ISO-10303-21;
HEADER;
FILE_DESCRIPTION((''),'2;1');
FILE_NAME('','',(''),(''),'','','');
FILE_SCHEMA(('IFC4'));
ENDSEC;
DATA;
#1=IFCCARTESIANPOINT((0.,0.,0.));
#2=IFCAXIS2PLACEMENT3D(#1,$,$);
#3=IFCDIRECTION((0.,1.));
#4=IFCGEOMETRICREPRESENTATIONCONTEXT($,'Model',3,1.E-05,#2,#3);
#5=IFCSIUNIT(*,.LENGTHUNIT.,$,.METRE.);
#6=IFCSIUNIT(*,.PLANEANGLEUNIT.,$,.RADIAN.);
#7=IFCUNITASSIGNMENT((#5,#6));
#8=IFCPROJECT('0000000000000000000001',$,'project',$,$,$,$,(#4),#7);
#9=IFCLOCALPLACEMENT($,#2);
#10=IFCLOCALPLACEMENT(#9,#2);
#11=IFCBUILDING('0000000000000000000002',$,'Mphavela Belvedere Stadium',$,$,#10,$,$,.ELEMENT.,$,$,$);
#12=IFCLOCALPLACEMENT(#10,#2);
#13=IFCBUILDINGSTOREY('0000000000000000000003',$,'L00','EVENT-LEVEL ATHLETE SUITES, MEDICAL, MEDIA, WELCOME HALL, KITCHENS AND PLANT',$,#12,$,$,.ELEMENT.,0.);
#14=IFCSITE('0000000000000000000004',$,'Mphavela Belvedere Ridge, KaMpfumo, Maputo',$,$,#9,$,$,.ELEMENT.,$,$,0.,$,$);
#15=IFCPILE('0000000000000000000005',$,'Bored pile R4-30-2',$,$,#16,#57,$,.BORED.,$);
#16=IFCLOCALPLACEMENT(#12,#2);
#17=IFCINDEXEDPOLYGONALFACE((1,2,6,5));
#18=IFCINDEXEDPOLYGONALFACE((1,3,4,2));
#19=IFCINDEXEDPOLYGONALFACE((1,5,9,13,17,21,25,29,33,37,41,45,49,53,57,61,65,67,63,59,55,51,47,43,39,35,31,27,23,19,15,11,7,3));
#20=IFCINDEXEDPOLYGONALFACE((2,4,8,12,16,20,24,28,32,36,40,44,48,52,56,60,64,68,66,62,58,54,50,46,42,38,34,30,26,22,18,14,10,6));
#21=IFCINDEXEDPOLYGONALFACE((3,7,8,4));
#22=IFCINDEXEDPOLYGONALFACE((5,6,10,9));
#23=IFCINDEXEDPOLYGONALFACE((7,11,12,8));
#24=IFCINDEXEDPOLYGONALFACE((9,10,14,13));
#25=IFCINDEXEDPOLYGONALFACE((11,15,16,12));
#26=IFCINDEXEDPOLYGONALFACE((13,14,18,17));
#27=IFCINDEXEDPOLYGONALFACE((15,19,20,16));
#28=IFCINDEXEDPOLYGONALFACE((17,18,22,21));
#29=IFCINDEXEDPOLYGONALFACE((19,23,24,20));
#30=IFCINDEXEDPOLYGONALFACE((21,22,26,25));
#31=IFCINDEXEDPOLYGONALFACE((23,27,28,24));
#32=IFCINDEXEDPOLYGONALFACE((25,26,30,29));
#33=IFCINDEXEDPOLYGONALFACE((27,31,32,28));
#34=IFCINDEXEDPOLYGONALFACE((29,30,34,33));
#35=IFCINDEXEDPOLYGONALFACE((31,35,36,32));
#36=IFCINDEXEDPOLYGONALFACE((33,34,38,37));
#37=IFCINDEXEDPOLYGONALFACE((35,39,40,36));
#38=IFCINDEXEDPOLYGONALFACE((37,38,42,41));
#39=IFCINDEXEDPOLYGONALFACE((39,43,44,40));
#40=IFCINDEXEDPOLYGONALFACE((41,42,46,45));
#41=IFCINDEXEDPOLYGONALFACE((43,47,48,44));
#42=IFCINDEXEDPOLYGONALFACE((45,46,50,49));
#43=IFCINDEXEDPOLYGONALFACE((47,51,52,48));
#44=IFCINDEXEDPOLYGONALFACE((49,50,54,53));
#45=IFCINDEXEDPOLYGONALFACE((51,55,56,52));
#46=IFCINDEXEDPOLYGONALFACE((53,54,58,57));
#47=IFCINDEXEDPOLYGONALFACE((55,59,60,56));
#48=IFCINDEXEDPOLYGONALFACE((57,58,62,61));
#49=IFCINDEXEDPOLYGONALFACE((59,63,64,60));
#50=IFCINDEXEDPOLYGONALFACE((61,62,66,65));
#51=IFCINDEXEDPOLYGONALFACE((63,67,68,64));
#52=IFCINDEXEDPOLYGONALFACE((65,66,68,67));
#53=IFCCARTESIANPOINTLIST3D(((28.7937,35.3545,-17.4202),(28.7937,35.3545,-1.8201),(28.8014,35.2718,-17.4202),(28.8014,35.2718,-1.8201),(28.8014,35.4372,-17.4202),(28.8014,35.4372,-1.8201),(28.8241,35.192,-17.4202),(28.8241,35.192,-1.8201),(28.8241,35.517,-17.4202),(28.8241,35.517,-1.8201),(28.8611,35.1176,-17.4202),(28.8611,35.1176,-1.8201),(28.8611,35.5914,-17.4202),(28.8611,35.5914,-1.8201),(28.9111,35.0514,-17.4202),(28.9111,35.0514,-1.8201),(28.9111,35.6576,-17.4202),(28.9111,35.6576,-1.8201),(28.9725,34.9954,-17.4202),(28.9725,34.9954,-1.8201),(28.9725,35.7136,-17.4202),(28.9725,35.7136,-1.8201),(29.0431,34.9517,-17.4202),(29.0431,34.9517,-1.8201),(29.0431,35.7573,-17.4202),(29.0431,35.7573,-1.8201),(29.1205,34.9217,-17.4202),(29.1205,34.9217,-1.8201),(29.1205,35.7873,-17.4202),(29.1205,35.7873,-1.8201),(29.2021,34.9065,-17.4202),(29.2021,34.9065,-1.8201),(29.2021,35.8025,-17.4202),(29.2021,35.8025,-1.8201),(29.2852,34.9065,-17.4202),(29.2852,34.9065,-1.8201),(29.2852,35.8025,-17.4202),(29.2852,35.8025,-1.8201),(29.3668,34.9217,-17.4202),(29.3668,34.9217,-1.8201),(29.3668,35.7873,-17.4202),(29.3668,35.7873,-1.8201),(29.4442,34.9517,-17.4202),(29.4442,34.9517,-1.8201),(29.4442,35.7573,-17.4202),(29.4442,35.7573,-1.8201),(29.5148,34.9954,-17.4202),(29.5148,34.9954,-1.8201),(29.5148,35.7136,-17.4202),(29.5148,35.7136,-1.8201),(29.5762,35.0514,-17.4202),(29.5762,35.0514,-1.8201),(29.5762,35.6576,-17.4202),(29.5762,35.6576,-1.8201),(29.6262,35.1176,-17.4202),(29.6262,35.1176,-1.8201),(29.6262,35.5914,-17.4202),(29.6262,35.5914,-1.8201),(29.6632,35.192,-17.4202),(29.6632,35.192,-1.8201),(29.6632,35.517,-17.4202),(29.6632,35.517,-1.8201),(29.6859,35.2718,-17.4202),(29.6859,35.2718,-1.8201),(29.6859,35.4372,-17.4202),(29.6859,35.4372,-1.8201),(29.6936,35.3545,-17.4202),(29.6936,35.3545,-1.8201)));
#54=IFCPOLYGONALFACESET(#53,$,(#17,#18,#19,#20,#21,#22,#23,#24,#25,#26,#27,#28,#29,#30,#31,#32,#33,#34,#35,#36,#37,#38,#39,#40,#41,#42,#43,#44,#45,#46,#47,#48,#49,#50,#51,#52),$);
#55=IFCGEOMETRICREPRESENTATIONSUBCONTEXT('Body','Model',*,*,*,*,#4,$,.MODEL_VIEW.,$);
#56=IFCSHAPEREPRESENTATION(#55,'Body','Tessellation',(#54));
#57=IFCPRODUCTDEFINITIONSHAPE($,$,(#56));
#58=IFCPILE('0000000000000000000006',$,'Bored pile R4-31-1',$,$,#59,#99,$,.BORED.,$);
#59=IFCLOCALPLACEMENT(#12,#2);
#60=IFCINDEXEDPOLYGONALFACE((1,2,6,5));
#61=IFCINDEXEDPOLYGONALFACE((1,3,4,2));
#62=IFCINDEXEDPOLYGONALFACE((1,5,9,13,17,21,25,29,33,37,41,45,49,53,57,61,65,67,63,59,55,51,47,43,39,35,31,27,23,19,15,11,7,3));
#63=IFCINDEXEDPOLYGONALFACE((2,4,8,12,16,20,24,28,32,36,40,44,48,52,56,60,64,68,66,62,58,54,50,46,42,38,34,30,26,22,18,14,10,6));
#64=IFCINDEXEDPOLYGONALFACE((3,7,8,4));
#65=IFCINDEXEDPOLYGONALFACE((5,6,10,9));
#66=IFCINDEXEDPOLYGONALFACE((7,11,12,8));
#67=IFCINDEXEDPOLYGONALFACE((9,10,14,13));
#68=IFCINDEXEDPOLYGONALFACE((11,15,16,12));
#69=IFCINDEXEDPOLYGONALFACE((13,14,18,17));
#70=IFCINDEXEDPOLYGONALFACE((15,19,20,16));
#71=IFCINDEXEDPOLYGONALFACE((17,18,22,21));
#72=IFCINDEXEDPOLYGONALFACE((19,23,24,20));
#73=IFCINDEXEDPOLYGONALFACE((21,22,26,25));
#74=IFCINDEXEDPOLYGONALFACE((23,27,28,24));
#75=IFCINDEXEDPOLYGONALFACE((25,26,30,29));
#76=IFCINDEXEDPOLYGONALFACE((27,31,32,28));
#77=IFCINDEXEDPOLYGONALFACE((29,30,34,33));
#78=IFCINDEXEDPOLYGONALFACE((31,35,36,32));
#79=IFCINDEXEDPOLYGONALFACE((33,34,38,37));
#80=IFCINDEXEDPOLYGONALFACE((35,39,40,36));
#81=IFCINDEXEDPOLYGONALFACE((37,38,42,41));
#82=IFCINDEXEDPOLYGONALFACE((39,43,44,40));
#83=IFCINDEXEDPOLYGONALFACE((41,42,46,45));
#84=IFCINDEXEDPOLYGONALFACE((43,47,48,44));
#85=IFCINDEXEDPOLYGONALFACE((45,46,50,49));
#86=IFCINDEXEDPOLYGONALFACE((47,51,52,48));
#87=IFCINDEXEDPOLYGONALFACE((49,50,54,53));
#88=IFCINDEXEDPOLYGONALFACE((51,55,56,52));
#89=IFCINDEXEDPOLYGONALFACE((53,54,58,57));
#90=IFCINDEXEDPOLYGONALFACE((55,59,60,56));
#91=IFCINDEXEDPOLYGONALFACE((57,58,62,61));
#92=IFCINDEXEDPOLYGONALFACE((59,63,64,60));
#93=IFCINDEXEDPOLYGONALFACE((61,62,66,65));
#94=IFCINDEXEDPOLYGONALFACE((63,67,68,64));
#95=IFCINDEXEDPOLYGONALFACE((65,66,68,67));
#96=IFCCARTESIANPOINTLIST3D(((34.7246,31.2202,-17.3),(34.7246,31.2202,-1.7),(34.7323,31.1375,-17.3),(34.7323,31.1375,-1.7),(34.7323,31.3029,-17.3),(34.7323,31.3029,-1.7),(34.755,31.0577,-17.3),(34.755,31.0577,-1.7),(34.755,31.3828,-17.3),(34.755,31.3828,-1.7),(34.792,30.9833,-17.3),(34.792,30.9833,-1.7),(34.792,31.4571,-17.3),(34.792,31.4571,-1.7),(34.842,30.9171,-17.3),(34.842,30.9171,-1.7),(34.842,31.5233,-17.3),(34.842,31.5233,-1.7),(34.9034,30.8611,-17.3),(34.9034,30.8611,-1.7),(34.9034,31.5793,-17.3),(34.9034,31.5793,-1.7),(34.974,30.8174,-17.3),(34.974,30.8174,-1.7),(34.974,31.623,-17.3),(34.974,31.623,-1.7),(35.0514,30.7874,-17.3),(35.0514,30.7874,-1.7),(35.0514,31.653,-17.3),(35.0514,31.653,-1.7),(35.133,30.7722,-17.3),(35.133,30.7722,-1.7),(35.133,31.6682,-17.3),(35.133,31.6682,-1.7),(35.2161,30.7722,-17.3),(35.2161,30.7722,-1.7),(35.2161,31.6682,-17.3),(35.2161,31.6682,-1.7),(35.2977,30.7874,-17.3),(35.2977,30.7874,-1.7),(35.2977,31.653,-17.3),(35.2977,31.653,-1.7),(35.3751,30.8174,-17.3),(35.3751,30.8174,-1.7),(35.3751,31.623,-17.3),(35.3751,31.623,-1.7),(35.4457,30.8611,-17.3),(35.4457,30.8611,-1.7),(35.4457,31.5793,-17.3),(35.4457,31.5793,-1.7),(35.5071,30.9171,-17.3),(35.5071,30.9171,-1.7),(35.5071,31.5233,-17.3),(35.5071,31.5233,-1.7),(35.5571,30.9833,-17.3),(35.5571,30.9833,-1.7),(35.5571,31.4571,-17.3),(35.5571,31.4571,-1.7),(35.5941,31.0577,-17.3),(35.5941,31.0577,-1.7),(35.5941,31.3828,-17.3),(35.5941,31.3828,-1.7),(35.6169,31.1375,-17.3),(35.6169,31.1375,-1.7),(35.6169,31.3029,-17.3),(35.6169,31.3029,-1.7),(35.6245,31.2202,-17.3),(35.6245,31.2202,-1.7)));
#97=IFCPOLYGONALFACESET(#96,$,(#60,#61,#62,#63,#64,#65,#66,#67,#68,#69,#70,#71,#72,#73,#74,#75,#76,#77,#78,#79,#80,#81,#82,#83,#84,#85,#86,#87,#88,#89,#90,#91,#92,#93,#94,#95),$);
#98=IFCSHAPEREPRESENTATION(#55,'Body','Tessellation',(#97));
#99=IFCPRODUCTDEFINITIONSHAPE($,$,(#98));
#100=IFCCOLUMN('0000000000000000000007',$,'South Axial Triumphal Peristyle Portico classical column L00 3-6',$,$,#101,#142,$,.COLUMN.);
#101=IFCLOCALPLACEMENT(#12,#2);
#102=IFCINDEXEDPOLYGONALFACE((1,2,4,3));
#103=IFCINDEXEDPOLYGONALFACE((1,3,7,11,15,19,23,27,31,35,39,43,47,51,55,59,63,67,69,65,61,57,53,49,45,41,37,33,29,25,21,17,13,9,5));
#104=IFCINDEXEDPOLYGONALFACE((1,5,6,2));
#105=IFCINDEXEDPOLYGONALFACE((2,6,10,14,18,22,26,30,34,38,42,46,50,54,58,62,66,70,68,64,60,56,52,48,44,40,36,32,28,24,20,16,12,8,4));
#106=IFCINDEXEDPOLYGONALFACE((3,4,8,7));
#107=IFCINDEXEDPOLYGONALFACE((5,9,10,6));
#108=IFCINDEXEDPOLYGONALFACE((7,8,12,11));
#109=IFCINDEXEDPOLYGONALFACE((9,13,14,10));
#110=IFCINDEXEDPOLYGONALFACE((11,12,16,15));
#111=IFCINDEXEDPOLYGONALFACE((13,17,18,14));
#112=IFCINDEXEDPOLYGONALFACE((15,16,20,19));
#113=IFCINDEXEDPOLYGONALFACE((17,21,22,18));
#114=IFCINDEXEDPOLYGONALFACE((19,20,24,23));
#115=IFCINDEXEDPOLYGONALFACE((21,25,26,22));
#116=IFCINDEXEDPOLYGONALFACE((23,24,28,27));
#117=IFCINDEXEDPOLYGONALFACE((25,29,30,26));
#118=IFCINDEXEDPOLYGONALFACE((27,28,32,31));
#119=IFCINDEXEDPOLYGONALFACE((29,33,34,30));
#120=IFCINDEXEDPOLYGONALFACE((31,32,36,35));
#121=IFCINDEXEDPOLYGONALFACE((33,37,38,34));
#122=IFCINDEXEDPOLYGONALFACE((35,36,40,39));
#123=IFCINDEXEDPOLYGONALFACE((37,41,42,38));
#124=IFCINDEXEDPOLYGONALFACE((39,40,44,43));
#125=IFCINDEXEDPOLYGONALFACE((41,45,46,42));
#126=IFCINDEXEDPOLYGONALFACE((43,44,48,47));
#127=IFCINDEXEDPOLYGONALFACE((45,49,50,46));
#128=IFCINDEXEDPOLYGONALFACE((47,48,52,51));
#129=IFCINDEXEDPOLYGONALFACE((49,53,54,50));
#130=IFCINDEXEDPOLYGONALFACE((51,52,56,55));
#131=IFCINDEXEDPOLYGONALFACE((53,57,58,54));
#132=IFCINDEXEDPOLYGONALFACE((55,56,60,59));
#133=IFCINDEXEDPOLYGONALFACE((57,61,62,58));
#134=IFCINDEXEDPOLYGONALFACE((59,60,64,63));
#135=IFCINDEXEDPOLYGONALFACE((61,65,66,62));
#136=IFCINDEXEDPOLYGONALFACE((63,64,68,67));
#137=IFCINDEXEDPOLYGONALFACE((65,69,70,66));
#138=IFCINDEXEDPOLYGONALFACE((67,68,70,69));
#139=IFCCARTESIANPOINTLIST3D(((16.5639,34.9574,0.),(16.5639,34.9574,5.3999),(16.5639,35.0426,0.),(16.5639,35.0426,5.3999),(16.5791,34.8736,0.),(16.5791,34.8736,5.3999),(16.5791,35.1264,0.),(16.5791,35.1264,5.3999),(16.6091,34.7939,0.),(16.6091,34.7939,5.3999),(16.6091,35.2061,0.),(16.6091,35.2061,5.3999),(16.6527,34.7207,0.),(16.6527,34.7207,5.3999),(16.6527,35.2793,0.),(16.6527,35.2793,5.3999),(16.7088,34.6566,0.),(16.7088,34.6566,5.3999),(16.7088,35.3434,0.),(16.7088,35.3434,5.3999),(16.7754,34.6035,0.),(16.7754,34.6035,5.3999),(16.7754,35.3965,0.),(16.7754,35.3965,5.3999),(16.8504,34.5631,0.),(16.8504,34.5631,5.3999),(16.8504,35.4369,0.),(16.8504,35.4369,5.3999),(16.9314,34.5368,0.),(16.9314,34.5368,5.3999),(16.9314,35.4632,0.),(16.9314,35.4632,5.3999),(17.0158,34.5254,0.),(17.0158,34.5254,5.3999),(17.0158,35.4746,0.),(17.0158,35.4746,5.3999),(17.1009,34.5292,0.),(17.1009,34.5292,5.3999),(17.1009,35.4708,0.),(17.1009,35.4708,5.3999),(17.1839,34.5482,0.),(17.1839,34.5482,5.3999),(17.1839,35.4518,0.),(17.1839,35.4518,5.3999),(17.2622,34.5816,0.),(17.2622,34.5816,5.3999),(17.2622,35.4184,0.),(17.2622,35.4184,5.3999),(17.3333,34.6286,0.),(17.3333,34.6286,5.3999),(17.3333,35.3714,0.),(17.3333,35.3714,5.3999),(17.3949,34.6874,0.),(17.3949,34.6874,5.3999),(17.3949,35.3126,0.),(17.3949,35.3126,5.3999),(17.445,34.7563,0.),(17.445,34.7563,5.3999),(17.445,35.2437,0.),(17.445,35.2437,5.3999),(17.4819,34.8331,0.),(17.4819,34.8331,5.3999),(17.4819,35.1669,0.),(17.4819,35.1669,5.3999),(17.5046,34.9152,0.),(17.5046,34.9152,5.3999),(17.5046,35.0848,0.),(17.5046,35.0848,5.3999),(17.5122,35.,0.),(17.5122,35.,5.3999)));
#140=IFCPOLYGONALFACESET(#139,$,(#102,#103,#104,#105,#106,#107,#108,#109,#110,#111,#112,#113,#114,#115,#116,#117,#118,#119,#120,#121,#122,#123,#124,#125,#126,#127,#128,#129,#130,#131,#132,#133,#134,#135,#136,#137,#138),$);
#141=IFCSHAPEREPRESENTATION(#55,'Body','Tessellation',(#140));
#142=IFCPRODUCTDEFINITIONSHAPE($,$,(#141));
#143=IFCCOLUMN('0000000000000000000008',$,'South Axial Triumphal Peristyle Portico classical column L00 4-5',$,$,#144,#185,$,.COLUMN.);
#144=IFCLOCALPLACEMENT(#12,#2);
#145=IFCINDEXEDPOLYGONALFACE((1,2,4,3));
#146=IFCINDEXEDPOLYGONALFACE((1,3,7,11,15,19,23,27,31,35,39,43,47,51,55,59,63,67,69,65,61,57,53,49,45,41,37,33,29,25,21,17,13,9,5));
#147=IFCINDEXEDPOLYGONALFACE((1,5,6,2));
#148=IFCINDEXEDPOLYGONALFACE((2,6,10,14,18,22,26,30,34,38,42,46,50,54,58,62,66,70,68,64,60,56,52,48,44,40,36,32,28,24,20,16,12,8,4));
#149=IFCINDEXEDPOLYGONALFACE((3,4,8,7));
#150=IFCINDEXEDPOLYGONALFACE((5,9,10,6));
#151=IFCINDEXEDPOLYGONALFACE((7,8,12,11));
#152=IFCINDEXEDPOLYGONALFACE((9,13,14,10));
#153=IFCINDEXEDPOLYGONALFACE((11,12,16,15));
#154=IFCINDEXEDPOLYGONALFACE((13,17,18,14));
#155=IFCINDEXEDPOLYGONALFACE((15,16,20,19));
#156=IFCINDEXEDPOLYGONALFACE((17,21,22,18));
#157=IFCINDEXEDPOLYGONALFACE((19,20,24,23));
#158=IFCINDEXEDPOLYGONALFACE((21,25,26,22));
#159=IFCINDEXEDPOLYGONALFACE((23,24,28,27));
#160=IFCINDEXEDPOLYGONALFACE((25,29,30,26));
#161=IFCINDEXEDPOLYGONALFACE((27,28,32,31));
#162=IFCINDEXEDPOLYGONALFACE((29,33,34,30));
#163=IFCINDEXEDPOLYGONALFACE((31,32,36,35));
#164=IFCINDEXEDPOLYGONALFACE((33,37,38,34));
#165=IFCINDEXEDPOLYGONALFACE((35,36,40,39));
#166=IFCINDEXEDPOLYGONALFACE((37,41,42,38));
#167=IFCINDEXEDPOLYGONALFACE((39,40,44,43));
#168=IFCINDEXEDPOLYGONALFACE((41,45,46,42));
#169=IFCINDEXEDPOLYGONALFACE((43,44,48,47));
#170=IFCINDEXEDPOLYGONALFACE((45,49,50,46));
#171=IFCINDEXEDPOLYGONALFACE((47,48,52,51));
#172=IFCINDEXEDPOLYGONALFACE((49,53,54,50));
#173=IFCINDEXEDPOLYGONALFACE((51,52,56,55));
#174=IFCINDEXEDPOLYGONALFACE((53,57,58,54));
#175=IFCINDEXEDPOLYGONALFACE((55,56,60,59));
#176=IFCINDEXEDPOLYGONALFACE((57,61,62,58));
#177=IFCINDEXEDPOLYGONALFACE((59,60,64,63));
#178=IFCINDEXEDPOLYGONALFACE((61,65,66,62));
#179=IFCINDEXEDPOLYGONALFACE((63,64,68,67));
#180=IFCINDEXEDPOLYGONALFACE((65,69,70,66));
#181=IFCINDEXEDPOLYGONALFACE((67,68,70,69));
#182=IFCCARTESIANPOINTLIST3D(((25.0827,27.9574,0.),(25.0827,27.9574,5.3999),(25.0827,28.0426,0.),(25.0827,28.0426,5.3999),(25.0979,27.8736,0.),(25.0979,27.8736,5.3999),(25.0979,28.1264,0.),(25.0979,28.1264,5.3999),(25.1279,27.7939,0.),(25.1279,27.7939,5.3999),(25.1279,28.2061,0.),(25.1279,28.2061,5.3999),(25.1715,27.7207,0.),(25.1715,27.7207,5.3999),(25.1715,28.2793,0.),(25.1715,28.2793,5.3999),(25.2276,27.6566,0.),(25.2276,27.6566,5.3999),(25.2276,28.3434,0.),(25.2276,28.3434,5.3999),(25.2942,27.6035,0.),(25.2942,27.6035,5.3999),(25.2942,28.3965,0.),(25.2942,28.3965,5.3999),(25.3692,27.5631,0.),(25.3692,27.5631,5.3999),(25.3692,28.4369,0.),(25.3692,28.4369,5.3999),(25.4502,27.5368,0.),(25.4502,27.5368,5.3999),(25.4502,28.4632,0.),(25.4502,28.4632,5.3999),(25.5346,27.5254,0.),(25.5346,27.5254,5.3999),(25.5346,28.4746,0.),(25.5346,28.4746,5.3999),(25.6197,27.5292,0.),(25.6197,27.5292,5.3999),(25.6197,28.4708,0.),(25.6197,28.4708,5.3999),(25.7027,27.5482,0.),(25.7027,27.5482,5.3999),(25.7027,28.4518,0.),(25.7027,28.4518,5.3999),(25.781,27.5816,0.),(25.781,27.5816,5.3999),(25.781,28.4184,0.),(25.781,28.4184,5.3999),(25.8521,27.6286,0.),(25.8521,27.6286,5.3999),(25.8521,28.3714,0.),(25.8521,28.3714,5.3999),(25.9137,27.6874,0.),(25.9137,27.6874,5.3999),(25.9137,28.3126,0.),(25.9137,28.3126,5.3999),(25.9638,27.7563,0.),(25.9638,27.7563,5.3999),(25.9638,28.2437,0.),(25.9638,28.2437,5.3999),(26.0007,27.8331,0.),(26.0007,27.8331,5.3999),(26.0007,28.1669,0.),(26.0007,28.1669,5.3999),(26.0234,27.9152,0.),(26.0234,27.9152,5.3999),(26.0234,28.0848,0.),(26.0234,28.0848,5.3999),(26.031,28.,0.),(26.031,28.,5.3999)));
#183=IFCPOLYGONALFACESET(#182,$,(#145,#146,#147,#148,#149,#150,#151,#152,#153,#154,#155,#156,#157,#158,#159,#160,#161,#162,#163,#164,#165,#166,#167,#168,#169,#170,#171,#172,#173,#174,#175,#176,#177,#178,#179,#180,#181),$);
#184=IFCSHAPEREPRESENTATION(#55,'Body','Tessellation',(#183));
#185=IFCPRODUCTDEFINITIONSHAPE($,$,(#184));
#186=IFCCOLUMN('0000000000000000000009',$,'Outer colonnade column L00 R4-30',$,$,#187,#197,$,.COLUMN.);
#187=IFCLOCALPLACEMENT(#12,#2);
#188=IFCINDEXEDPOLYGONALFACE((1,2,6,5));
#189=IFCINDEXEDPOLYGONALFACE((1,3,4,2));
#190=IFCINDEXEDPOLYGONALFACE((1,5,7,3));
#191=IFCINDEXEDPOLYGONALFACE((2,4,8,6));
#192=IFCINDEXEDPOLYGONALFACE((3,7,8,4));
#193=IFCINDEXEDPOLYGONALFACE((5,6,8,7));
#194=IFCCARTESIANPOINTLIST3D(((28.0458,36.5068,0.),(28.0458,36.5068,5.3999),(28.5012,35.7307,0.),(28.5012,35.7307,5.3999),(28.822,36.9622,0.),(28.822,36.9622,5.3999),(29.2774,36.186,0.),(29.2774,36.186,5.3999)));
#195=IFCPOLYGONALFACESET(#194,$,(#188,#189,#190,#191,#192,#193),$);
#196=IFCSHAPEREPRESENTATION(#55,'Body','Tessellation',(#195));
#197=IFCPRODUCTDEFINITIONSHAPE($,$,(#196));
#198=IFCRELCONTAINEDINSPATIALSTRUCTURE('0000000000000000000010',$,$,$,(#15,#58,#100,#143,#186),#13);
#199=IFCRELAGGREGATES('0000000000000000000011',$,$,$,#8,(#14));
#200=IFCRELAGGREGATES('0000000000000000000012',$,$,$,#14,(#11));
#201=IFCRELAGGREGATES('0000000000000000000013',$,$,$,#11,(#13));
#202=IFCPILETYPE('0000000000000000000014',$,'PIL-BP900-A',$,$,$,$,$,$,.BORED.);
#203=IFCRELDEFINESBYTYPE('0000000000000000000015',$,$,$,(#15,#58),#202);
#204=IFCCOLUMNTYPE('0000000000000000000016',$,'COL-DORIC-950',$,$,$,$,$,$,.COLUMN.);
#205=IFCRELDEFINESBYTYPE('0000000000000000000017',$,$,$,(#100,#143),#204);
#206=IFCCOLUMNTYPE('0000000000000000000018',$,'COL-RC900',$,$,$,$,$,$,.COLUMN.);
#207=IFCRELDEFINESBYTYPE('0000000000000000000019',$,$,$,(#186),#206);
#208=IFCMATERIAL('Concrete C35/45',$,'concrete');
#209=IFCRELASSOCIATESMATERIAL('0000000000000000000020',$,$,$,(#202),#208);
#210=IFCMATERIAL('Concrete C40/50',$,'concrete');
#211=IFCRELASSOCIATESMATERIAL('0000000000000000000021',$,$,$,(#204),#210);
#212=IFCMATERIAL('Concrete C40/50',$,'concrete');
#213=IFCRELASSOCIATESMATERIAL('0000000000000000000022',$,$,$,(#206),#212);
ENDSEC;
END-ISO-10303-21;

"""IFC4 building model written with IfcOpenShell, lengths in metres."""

from ifc_helpers import new_model, si_unit, direction, frame, origin, origin_2d, place, context, subcontext, project, spatial, rectangle, circle, extrude, material, material_profile, profile_set, type_object, element, save


model = new_model("IFC4")

# Units and contexts
model_context = context("Model", 3, precision=1e-05, world=origin(), true_north=direction((0.0, 1.0)))
body_context = subcontext(model_context, "Body", "Model", "MODEL_VIEW")
ifc_project = project(units=[si_unit("LENGTHUNIT", "METRE"), si_unit("PLANEANGLEUNIT", "RADIAN")], contexts=[model_context])

# Site, building, storey
site_placement = place(None, origin())
site = spatial("IfcSite", under=ifc_project, at=site_placement, Name="Mphavela Belvedere Ridge, KaMpfumo, Maputo", CompositionType="ELEMENT", RefElevation=0.0)
building_placement = place(site_placement, origin())
building = spatial("IfcBuilding", under=site, at=building_placement, Name="Mphavela Belvedere Stadium", CompositionType="ELEMENT")
storey_placement = place(building_placement, origin())
storey = spatial("IfcBuildingStorey", under=building, at=storey_placement, Name="L00", Description="EVENT-LEVEL ATHLETE SUITES, MEDICAL, MEDIA, WELCOME HALL, KITCHENS AND PLANT", CompositionType="ELEMENT", Elevation=0.0)

# Piles
ifc_material_1 = material(Name="Concrete C35/45", Category="concrete")
ifc_material_profile_1 = material_profile(ifc_material_1, circle(Radius=0.45, at=origin_2d()), Name="BP D900")
ifc_profile_set_1 = profile_set([ifc_material_profile_1], Name="Concrete C35/45")
pile_type_1 = type_object("IfcPileType", Name="PIL-BP900-A", PredefinedType="BORED", material=ifc_profile_set_1)
for number, where, z_axis, x_axis, name in (
    (1, (29.2437, 35.3545, -1.8201), (0.0, 0.0, -1.0), (1.0, 0.0, 0.0), "Bored pile R4-30-2"),
    (2, (35.1746, 31.2202, -1.7), (0.0, 0.0, -1.0), (1.0, 0.0, 0.0), "Bored pile R4-31-1"),
):
    element("IfcPile", number, at=place(storey_placement, frame(where, z_axis=z_axis, x_axis=x_axis)), inside=storey, type_object=pile_type_1, Name=name, PredefinedType="BORED", context=body_context, shape_type="SweptSolid", body=[
        extrude(circle(Radius=0.45, at=origin_2d()), origin(), (0.0, 0.0, 1.0), 15.6001),
    ])

# Columns
ifc_material_2 = material(Name="Concrete C40/50", Category="concrete")
ifc_material_profile_2 = material_profile(ifc_material_2, circle(Radius=0.4751, at=origin_2d()), Name="COL D950")
ifc_profile_set_2 = profile_set([ifc_material_profile_2], Name="Concrete C40/50")
column_type_1 = type_object("IfcColumnType", Name="COL-DORIC-950", PredefinedType="COLUMN", material=ifc_profile_set_2)
for number, where, z_axis, x_axis, name in (
    (3, (17.0371, 35.0, 0.0), (0.0, 0.0, 1.0), (1.0, 0.0, 0.0), "South Axial Triumphal Peristyle Portico classical column L00 3-6"),
    (4, (25.5559, 28.0, 0.0), (0.0, 0.0, 1.0), (1.0, 0.0, 0.0), "South Axial Triumphal Peristyle Portico classical column L00 4-5"),
):
    element("IfcColumn", number, at=place(storey_placement, frame(where, z_axis=z_axis, x_axis=x_axis)), inside=storey, type_object=column_type_1, Name=name, PredefinedType="COLUMN", context=body_context, shape_type="SweptSolid", body=[
        extrude(circle(Radius=0.4751, at=origin_2d()), origin(), (0.0, 0.0, 1.0), 5.3999),
    ])
ifc_material_3 = material(Name="Concrete C40/50", Category="concrete")
ifc_material_profile_3 = material_profile(ifc_material_3, rectangle(XDim=0.8999, YDim=0.8999, at=origin_2d()), Name="RC 900x900")
ifc_profile_set_3 = profile_set([ifc_material_profile_3], Name="Concrete C40/50")
column_type_2 = type_object("IfcColumnType", Name="COL-RC900", PredefinedType="COLUMN", material=ifc_profile_set_3)
for number, where, z_axis, x_axis, name in (
    (5, (28.6616, 36.3464, 0.0), (0.0, 0.0, 1.0), (-0.862514, -0.506034, 0.0), "Outer colonnade column L00 R4-30"),
):
    element("IfcColumn", number, at=place(storey_placement, frame(where, z_axis=z_axis, x_axis=x_axis)), inside=storey, type_object=column_type_2, Name=name, PredefinedType="COLUMN", context=body_context, shape_type="SweptSolid", body=[
        extrude(rectangle(XDim=0.8999, YDim=0.8999, at=origin_2d()), origin(), (0.0, 0.0, 1.0), 5.3999),
    ])

save(model, "model.ifc")
